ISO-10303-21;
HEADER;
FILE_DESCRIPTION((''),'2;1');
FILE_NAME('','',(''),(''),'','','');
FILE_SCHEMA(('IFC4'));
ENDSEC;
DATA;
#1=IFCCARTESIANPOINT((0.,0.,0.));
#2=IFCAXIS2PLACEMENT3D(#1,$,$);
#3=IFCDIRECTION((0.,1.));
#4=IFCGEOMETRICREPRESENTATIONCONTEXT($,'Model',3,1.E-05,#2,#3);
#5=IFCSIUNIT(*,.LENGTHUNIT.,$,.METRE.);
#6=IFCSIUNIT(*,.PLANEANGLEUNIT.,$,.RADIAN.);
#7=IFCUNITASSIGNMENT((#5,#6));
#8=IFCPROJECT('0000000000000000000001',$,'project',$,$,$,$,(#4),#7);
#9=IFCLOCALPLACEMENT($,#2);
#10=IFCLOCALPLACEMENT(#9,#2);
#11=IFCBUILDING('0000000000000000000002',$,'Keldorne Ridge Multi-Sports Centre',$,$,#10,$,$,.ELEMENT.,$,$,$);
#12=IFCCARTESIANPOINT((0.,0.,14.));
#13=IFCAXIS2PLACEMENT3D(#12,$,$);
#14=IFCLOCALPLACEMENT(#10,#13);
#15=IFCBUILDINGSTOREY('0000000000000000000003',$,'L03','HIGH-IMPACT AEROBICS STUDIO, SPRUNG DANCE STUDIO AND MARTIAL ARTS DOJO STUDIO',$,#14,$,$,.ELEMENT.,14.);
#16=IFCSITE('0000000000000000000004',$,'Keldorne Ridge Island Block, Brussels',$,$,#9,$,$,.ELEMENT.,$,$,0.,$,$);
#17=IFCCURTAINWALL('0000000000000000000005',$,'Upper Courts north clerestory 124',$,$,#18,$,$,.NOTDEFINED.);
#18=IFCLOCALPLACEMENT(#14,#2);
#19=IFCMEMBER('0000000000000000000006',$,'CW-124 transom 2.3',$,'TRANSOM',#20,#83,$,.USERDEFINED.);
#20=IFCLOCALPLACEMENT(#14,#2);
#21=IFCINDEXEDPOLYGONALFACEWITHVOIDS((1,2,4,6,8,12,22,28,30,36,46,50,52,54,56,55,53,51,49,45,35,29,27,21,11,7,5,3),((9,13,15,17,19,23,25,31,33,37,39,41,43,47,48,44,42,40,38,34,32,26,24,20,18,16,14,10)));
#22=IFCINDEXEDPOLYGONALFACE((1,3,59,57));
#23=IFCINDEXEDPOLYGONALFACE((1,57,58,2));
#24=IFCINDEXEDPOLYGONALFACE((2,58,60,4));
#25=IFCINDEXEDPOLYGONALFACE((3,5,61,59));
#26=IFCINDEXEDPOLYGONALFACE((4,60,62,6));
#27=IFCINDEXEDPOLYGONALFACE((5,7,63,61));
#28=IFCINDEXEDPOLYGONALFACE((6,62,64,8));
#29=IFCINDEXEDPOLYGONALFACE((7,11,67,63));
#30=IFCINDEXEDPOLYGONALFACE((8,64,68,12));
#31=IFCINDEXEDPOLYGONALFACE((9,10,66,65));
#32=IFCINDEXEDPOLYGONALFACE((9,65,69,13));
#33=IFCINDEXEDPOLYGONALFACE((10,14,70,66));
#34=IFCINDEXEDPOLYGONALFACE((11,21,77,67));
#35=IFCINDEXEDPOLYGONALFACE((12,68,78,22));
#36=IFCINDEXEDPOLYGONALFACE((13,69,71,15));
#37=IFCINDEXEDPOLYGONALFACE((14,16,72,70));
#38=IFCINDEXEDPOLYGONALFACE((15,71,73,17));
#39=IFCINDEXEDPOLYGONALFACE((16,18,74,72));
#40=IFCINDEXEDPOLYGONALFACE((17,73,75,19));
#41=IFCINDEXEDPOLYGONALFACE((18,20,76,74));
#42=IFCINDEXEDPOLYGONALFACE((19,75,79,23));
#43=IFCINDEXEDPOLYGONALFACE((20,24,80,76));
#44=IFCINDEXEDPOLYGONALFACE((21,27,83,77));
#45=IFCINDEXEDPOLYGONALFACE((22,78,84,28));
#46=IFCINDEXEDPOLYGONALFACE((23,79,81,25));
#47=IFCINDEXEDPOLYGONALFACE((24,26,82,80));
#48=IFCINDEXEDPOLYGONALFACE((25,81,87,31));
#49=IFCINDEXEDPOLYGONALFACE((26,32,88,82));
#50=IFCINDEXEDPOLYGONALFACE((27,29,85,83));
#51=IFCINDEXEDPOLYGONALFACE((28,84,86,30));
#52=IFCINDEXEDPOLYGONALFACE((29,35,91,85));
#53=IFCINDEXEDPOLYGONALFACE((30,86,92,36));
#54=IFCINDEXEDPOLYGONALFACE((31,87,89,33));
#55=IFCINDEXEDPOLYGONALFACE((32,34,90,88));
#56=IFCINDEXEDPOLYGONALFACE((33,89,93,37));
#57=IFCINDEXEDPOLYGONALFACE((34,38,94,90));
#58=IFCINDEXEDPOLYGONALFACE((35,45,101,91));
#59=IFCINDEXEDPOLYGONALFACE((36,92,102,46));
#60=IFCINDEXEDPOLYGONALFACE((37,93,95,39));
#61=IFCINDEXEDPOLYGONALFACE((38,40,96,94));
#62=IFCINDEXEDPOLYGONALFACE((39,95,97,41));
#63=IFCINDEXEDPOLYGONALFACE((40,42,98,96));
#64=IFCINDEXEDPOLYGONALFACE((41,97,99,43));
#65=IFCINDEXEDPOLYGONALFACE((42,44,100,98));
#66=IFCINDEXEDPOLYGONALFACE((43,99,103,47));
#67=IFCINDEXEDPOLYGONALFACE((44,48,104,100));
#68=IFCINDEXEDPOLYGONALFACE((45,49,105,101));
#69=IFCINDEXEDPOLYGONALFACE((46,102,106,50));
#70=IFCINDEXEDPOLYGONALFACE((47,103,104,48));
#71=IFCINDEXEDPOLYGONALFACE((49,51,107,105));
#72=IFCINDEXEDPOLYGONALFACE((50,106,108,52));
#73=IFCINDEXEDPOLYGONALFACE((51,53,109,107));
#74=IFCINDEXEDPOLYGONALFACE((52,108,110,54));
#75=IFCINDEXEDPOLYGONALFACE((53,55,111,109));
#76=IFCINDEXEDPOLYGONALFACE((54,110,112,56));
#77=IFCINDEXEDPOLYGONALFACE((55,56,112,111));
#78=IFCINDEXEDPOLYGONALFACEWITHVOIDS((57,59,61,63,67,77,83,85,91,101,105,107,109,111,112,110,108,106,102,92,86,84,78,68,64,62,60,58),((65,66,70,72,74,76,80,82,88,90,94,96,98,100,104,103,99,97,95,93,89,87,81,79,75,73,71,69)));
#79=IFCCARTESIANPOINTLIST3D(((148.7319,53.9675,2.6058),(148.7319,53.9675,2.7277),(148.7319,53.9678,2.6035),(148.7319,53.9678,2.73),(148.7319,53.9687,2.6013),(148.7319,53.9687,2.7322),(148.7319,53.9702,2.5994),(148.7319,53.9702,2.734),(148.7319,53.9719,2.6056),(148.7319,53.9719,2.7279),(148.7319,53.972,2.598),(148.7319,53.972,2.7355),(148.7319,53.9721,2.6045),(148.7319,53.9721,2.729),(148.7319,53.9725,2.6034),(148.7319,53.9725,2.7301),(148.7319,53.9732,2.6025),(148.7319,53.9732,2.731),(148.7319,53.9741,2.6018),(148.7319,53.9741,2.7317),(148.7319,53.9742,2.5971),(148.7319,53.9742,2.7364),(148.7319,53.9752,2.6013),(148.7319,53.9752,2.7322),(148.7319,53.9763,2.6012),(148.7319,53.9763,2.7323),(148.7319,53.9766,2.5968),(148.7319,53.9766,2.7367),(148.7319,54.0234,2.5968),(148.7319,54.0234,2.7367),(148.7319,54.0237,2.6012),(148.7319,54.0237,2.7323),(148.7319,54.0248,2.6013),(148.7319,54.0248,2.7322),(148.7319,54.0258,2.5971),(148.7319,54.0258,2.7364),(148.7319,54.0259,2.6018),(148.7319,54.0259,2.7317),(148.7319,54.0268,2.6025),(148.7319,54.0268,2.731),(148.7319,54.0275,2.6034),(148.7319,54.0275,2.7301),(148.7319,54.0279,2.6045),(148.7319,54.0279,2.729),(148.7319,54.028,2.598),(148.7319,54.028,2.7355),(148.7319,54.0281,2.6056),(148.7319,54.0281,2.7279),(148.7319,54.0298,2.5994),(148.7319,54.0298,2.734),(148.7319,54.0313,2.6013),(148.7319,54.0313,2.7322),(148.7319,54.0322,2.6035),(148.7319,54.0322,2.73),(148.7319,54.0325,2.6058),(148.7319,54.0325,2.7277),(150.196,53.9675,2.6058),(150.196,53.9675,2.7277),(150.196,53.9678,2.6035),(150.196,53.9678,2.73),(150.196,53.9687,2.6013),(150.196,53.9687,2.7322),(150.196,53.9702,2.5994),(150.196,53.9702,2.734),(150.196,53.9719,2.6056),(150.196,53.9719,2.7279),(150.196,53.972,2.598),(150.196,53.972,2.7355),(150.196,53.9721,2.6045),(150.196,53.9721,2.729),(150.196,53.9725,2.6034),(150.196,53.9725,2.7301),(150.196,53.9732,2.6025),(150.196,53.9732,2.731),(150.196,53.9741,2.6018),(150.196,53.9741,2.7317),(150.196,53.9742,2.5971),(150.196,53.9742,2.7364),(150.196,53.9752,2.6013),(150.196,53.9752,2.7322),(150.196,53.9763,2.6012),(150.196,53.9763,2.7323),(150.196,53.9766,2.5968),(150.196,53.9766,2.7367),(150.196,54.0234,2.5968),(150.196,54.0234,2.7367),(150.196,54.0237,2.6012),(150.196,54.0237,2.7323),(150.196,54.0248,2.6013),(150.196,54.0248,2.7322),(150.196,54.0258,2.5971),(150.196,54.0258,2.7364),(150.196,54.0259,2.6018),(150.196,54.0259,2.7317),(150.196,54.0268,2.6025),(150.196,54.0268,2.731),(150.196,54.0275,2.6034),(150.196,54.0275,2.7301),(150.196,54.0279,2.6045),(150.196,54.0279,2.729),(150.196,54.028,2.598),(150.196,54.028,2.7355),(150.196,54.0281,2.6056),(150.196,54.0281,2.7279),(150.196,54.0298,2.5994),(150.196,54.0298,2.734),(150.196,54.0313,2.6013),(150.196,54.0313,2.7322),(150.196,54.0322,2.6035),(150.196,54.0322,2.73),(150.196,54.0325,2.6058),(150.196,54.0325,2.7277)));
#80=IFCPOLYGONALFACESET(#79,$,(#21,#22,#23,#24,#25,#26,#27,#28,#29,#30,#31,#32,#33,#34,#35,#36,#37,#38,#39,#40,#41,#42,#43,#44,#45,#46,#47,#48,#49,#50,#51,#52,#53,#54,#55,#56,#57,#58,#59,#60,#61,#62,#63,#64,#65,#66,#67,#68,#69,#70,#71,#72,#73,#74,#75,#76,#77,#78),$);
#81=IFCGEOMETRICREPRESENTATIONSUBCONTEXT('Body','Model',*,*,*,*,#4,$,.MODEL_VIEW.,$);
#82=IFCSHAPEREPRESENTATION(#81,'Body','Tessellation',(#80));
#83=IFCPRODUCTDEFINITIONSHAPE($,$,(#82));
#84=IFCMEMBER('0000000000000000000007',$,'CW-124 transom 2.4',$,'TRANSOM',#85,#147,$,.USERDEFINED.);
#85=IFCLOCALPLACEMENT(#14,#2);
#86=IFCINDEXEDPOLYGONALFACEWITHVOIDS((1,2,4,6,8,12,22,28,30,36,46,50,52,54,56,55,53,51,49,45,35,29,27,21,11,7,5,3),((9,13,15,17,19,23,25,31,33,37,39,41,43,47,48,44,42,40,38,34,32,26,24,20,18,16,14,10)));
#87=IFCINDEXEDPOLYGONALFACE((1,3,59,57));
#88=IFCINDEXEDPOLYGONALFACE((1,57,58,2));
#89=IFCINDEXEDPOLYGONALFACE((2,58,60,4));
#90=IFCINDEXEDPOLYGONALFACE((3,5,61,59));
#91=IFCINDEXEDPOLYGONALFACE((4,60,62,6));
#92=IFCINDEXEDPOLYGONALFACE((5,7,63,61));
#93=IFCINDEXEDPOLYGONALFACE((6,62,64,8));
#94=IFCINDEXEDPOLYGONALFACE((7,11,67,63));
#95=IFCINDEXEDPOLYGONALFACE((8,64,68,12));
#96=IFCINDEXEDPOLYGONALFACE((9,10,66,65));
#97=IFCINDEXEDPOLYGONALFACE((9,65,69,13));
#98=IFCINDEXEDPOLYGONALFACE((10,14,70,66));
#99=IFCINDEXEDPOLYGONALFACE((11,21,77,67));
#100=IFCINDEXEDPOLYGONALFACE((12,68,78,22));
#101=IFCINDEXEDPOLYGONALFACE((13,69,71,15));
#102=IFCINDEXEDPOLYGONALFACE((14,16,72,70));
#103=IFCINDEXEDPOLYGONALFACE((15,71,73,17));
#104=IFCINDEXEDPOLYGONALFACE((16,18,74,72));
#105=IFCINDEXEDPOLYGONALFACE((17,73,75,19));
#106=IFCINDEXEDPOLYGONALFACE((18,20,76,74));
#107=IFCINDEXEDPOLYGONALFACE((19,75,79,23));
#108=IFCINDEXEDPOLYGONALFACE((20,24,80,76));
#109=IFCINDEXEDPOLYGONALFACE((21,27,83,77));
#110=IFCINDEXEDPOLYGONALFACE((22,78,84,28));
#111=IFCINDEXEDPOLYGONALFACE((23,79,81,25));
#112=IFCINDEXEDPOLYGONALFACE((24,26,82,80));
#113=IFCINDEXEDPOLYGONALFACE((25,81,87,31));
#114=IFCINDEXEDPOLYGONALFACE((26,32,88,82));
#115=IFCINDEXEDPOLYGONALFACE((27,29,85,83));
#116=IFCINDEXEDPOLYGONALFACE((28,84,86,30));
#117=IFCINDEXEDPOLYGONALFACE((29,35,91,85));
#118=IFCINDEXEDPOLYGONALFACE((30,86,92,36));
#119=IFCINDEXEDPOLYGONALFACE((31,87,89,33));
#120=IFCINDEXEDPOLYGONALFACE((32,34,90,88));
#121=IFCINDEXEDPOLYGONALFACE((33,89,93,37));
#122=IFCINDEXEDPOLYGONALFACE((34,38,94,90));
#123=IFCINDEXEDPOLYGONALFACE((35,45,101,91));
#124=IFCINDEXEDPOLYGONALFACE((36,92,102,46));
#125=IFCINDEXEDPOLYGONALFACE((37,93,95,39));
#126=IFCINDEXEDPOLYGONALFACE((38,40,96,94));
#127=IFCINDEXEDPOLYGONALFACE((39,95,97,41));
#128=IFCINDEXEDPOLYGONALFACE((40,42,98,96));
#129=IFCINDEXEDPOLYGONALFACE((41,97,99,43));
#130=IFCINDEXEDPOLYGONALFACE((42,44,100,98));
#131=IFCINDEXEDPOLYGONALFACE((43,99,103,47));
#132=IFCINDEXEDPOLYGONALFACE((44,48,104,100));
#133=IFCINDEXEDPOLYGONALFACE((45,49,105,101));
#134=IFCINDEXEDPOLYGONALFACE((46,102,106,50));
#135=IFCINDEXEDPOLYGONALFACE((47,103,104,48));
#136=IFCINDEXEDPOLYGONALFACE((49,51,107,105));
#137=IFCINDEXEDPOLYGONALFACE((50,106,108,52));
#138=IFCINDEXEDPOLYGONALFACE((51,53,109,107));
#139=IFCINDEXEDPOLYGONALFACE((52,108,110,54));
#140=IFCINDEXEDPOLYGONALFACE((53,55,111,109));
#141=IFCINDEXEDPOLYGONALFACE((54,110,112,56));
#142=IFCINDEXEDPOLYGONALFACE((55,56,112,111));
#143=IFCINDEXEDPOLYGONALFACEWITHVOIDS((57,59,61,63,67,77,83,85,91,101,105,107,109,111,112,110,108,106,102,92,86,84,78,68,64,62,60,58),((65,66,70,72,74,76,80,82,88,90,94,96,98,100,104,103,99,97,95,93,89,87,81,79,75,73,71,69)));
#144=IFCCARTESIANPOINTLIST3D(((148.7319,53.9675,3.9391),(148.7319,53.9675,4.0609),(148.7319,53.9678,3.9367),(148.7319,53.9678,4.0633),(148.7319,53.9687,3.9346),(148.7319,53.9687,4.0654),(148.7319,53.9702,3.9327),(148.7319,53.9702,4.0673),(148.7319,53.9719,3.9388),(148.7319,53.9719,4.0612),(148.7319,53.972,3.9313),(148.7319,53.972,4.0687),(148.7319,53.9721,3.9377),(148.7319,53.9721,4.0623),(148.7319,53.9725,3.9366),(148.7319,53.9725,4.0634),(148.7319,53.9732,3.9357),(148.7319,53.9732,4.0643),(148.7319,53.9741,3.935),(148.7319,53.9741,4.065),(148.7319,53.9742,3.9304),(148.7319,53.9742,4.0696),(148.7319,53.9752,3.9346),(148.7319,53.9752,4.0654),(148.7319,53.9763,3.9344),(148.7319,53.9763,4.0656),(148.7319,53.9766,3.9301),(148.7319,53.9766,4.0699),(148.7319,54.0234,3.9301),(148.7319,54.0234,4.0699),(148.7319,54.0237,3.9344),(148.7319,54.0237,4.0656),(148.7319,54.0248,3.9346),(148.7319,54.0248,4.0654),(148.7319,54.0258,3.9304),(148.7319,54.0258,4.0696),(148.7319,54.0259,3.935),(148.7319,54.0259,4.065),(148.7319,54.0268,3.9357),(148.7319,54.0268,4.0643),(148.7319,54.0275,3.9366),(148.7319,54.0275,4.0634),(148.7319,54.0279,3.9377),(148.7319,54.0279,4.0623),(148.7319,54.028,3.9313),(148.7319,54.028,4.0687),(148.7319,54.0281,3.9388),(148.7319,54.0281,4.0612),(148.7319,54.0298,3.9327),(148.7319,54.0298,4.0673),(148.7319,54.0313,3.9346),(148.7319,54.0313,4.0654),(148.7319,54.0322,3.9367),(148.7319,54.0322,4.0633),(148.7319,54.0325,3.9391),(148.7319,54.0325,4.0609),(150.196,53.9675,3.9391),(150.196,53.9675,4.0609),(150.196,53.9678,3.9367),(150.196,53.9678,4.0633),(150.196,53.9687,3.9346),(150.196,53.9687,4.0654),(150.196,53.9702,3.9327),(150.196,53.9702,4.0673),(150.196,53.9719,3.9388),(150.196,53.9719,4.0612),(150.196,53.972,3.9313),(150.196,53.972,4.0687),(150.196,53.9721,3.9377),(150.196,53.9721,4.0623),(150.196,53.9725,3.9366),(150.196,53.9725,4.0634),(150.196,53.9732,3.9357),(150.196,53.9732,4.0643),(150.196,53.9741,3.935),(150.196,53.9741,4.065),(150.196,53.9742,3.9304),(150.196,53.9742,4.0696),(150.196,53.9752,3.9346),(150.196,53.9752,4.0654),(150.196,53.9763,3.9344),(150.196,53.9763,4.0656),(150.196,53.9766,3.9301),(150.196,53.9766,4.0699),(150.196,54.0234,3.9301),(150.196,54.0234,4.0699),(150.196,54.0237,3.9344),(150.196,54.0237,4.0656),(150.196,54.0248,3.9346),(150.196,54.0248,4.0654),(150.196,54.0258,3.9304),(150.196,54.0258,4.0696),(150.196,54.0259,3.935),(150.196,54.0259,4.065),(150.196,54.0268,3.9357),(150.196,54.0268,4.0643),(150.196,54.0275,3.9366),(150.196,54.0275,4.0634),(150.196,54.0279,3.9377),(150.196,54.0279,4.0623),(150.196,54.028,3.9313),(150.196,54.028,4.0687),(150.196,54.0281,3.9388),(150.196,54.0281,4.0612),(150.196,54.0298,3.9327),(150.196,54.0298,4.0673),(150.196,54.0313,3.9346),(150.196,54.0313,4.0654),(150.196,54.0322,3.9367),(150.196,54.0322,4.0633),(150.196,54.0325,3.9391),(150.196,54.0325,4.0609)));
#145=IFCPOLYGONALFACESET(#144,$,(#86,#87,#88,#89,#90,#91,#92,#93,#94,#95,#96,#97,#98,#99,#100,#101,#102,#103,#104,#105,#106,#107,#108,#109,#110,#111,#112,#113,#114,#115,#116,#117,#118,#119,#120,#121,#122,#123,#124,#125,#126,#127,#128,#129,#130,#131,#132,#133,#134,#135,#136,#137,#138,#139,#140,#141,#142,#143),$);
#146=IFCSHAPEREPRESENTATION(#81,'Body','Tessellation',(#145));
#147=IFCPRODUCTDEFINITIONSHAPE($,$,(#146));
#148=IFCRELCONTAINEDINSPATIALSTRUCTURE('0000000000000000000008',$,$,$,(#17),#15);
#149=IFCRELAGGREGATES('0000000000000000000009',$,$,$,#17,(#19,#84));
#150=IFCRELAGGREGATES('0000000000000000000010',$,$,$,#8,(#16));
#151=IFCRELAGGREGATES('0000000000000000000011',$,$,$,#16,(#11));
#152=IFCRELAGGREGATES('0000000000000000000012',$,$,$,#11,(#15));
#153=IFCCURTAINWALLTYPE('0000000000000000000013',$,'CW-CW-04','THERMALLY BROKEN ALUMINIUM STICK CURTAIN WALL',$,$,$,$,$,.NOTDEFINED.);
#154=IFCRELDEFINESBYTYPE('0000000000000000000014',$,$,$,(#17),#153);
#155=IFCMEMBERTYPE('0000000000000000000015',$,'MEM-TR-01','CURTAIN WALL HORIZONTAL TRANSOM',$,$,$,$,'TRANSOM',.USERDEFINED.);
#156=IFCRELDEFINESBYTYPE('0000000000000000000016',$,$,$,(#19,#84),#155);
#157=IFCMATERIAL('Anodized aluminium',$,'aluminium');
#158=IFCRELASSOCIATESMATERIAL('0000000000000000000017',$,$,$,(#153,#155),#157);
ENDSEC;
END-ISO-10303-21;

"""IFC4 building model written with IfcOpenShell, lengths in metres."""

from ifc_helpers import new_model, si_unit, direction, frame, origin, origin_2d, place, context, subcontext, project, spatial, hollow_rectangle, extrude, material, material_profile, profile_set, type_object, element, aggregate, save


model = new_model("IFC4")

# Units and contexts
model_context = context("Model", 3, precision=1e-05, world=origin(), true_north=direction((0.0, 1.0)))
body_context = subcontext(model_context, "Body", "Model", "MODEL_VIEW")
ifc_project = project(units=[si_unit("LENGTHUNIT", "METRE"), si_unit("PLANEANGLEUNIT", "RADIAN")], contexts=[model_context])

# Site, building, storey
site_placement = place(None, origin())
site = spatial("IfcSite", under=ifc_project, at=site_placement, Name="Keldorne Ridge Island Block, Brussels", CompositionType="ELEMENT", RefElevation=0.0)
building_placement = place(site_placement, origin())
building = spatial("IfcBuilding", under=site, at=building_placement, Name="Keldorne Ridge Multi-Sports Centre", CompositionType="ELEMENT")
storey_placement = place(building_placement, frame((0.0, 0.0, 14.0)))
storey = spatial("IfcBuildingStorey", under=building, at=storey_placement, Name="L03", Description="HIGH-IMPACT AEROBICS STUDIO, SPRUNG DANCE STUDIO AND MARTIAL ARTS DOJO STUDIO", CompositionType="ELEMENT", Elevation=14.0)

# Curtain wall
ifc_material_1 = material(Name="Anodized aluminium", Category="aluminium")
curtain_wall_type = type_object("IfcCurtainWallType", Name="CW-CW-04", Description="THERMALLY BROKEN ALUMINIUM STICK CURTAIN WALL", PredefinedType="NOTDEFINED", material=ifc_material_1)
curtain_wall_placement = place(storey_placement, origin())
curtain_wall = element("IfcCurtainWall", 1, at=curtain_wall_placement, inside=storey, type_object=curtain_wall_type, Name="Upper Courts north clerestory 124", PredefinedType="NOTDEFINED")

# Members
ifc_material_profile_1 = material_profile(ifc_material_1, hollow_rectangle(XDim=0.0649, YDim=0.1399, WallThickness=0.0044, InnerFilletRadius=0.0044, OuterFilletRadius=0.009, at=origin_2d()), Name="ALU TRANSOM 140x65x4.5")
ifc_profile_set_1 = profile_set([ifc_material_profile_1], Name="Anodized aluminium")
member_type_1 = type_object("IfcMemberType", Name="MEM-TR-01", Description="CURTAIN WALL HORIZONTAL TRANSOM", ElementType="TRANSOM", PredefinedType="USERDEFINED", material=ifc_profile_set_1)
member_1_placement = place(storey_placement, frame((150.196, 54.0, 2.6667), z_axis=(-1.0, 0.0, 0.0), x_axis=(0.0, -1.0, 0.0)))
member_1 = element("IfcMember", 2, at=member_1_placement, type_object=member_type_1, Name="CW-124 transom 2.3", ObjectType="TRANSOM", PredefinedType="USERDEFINED", context=body_context, shape_type="SweptSolid", body=[
    extrude(hollow_rectangle(XDim=0.0649, YDim=0.1399, WallThickness=0.0044, InnerFilletRadius=0.0044, OuterFilletRadius=0.009, at=origin_2d()), origin(), (0.0, 0.0, 1.0), 1.4641),
])
member_2_placement = place(storey_placement, frame((150.196, 54.0, 4.0), z_axis=(-1.0, 0.0, 0.0), x_axis=(0.0, -1.0, 0.0)))
member_2 = element("IfcMember", 3, at=member_2_placement, type_object=member_type_1, Name="CW-124 transom 2.4", ObjectType="TRANSOM", PredefinedType="USERDEFINED", context=body_context, shape_type="SweptSolid", body=[
    extrude(hollow_rectangle(XDim=0.0649, YDim=0.1399, WallThickness=0.0044, InnerFilletRadius=0.0044, OuterFilletRadius=0.009, at=origin_2d()), origin(), (0.0, 0.0, 1.0), 1.4641),
])

aggregate(curtain_wall, [member_1, member_2])

save(model, "model.ifc")
